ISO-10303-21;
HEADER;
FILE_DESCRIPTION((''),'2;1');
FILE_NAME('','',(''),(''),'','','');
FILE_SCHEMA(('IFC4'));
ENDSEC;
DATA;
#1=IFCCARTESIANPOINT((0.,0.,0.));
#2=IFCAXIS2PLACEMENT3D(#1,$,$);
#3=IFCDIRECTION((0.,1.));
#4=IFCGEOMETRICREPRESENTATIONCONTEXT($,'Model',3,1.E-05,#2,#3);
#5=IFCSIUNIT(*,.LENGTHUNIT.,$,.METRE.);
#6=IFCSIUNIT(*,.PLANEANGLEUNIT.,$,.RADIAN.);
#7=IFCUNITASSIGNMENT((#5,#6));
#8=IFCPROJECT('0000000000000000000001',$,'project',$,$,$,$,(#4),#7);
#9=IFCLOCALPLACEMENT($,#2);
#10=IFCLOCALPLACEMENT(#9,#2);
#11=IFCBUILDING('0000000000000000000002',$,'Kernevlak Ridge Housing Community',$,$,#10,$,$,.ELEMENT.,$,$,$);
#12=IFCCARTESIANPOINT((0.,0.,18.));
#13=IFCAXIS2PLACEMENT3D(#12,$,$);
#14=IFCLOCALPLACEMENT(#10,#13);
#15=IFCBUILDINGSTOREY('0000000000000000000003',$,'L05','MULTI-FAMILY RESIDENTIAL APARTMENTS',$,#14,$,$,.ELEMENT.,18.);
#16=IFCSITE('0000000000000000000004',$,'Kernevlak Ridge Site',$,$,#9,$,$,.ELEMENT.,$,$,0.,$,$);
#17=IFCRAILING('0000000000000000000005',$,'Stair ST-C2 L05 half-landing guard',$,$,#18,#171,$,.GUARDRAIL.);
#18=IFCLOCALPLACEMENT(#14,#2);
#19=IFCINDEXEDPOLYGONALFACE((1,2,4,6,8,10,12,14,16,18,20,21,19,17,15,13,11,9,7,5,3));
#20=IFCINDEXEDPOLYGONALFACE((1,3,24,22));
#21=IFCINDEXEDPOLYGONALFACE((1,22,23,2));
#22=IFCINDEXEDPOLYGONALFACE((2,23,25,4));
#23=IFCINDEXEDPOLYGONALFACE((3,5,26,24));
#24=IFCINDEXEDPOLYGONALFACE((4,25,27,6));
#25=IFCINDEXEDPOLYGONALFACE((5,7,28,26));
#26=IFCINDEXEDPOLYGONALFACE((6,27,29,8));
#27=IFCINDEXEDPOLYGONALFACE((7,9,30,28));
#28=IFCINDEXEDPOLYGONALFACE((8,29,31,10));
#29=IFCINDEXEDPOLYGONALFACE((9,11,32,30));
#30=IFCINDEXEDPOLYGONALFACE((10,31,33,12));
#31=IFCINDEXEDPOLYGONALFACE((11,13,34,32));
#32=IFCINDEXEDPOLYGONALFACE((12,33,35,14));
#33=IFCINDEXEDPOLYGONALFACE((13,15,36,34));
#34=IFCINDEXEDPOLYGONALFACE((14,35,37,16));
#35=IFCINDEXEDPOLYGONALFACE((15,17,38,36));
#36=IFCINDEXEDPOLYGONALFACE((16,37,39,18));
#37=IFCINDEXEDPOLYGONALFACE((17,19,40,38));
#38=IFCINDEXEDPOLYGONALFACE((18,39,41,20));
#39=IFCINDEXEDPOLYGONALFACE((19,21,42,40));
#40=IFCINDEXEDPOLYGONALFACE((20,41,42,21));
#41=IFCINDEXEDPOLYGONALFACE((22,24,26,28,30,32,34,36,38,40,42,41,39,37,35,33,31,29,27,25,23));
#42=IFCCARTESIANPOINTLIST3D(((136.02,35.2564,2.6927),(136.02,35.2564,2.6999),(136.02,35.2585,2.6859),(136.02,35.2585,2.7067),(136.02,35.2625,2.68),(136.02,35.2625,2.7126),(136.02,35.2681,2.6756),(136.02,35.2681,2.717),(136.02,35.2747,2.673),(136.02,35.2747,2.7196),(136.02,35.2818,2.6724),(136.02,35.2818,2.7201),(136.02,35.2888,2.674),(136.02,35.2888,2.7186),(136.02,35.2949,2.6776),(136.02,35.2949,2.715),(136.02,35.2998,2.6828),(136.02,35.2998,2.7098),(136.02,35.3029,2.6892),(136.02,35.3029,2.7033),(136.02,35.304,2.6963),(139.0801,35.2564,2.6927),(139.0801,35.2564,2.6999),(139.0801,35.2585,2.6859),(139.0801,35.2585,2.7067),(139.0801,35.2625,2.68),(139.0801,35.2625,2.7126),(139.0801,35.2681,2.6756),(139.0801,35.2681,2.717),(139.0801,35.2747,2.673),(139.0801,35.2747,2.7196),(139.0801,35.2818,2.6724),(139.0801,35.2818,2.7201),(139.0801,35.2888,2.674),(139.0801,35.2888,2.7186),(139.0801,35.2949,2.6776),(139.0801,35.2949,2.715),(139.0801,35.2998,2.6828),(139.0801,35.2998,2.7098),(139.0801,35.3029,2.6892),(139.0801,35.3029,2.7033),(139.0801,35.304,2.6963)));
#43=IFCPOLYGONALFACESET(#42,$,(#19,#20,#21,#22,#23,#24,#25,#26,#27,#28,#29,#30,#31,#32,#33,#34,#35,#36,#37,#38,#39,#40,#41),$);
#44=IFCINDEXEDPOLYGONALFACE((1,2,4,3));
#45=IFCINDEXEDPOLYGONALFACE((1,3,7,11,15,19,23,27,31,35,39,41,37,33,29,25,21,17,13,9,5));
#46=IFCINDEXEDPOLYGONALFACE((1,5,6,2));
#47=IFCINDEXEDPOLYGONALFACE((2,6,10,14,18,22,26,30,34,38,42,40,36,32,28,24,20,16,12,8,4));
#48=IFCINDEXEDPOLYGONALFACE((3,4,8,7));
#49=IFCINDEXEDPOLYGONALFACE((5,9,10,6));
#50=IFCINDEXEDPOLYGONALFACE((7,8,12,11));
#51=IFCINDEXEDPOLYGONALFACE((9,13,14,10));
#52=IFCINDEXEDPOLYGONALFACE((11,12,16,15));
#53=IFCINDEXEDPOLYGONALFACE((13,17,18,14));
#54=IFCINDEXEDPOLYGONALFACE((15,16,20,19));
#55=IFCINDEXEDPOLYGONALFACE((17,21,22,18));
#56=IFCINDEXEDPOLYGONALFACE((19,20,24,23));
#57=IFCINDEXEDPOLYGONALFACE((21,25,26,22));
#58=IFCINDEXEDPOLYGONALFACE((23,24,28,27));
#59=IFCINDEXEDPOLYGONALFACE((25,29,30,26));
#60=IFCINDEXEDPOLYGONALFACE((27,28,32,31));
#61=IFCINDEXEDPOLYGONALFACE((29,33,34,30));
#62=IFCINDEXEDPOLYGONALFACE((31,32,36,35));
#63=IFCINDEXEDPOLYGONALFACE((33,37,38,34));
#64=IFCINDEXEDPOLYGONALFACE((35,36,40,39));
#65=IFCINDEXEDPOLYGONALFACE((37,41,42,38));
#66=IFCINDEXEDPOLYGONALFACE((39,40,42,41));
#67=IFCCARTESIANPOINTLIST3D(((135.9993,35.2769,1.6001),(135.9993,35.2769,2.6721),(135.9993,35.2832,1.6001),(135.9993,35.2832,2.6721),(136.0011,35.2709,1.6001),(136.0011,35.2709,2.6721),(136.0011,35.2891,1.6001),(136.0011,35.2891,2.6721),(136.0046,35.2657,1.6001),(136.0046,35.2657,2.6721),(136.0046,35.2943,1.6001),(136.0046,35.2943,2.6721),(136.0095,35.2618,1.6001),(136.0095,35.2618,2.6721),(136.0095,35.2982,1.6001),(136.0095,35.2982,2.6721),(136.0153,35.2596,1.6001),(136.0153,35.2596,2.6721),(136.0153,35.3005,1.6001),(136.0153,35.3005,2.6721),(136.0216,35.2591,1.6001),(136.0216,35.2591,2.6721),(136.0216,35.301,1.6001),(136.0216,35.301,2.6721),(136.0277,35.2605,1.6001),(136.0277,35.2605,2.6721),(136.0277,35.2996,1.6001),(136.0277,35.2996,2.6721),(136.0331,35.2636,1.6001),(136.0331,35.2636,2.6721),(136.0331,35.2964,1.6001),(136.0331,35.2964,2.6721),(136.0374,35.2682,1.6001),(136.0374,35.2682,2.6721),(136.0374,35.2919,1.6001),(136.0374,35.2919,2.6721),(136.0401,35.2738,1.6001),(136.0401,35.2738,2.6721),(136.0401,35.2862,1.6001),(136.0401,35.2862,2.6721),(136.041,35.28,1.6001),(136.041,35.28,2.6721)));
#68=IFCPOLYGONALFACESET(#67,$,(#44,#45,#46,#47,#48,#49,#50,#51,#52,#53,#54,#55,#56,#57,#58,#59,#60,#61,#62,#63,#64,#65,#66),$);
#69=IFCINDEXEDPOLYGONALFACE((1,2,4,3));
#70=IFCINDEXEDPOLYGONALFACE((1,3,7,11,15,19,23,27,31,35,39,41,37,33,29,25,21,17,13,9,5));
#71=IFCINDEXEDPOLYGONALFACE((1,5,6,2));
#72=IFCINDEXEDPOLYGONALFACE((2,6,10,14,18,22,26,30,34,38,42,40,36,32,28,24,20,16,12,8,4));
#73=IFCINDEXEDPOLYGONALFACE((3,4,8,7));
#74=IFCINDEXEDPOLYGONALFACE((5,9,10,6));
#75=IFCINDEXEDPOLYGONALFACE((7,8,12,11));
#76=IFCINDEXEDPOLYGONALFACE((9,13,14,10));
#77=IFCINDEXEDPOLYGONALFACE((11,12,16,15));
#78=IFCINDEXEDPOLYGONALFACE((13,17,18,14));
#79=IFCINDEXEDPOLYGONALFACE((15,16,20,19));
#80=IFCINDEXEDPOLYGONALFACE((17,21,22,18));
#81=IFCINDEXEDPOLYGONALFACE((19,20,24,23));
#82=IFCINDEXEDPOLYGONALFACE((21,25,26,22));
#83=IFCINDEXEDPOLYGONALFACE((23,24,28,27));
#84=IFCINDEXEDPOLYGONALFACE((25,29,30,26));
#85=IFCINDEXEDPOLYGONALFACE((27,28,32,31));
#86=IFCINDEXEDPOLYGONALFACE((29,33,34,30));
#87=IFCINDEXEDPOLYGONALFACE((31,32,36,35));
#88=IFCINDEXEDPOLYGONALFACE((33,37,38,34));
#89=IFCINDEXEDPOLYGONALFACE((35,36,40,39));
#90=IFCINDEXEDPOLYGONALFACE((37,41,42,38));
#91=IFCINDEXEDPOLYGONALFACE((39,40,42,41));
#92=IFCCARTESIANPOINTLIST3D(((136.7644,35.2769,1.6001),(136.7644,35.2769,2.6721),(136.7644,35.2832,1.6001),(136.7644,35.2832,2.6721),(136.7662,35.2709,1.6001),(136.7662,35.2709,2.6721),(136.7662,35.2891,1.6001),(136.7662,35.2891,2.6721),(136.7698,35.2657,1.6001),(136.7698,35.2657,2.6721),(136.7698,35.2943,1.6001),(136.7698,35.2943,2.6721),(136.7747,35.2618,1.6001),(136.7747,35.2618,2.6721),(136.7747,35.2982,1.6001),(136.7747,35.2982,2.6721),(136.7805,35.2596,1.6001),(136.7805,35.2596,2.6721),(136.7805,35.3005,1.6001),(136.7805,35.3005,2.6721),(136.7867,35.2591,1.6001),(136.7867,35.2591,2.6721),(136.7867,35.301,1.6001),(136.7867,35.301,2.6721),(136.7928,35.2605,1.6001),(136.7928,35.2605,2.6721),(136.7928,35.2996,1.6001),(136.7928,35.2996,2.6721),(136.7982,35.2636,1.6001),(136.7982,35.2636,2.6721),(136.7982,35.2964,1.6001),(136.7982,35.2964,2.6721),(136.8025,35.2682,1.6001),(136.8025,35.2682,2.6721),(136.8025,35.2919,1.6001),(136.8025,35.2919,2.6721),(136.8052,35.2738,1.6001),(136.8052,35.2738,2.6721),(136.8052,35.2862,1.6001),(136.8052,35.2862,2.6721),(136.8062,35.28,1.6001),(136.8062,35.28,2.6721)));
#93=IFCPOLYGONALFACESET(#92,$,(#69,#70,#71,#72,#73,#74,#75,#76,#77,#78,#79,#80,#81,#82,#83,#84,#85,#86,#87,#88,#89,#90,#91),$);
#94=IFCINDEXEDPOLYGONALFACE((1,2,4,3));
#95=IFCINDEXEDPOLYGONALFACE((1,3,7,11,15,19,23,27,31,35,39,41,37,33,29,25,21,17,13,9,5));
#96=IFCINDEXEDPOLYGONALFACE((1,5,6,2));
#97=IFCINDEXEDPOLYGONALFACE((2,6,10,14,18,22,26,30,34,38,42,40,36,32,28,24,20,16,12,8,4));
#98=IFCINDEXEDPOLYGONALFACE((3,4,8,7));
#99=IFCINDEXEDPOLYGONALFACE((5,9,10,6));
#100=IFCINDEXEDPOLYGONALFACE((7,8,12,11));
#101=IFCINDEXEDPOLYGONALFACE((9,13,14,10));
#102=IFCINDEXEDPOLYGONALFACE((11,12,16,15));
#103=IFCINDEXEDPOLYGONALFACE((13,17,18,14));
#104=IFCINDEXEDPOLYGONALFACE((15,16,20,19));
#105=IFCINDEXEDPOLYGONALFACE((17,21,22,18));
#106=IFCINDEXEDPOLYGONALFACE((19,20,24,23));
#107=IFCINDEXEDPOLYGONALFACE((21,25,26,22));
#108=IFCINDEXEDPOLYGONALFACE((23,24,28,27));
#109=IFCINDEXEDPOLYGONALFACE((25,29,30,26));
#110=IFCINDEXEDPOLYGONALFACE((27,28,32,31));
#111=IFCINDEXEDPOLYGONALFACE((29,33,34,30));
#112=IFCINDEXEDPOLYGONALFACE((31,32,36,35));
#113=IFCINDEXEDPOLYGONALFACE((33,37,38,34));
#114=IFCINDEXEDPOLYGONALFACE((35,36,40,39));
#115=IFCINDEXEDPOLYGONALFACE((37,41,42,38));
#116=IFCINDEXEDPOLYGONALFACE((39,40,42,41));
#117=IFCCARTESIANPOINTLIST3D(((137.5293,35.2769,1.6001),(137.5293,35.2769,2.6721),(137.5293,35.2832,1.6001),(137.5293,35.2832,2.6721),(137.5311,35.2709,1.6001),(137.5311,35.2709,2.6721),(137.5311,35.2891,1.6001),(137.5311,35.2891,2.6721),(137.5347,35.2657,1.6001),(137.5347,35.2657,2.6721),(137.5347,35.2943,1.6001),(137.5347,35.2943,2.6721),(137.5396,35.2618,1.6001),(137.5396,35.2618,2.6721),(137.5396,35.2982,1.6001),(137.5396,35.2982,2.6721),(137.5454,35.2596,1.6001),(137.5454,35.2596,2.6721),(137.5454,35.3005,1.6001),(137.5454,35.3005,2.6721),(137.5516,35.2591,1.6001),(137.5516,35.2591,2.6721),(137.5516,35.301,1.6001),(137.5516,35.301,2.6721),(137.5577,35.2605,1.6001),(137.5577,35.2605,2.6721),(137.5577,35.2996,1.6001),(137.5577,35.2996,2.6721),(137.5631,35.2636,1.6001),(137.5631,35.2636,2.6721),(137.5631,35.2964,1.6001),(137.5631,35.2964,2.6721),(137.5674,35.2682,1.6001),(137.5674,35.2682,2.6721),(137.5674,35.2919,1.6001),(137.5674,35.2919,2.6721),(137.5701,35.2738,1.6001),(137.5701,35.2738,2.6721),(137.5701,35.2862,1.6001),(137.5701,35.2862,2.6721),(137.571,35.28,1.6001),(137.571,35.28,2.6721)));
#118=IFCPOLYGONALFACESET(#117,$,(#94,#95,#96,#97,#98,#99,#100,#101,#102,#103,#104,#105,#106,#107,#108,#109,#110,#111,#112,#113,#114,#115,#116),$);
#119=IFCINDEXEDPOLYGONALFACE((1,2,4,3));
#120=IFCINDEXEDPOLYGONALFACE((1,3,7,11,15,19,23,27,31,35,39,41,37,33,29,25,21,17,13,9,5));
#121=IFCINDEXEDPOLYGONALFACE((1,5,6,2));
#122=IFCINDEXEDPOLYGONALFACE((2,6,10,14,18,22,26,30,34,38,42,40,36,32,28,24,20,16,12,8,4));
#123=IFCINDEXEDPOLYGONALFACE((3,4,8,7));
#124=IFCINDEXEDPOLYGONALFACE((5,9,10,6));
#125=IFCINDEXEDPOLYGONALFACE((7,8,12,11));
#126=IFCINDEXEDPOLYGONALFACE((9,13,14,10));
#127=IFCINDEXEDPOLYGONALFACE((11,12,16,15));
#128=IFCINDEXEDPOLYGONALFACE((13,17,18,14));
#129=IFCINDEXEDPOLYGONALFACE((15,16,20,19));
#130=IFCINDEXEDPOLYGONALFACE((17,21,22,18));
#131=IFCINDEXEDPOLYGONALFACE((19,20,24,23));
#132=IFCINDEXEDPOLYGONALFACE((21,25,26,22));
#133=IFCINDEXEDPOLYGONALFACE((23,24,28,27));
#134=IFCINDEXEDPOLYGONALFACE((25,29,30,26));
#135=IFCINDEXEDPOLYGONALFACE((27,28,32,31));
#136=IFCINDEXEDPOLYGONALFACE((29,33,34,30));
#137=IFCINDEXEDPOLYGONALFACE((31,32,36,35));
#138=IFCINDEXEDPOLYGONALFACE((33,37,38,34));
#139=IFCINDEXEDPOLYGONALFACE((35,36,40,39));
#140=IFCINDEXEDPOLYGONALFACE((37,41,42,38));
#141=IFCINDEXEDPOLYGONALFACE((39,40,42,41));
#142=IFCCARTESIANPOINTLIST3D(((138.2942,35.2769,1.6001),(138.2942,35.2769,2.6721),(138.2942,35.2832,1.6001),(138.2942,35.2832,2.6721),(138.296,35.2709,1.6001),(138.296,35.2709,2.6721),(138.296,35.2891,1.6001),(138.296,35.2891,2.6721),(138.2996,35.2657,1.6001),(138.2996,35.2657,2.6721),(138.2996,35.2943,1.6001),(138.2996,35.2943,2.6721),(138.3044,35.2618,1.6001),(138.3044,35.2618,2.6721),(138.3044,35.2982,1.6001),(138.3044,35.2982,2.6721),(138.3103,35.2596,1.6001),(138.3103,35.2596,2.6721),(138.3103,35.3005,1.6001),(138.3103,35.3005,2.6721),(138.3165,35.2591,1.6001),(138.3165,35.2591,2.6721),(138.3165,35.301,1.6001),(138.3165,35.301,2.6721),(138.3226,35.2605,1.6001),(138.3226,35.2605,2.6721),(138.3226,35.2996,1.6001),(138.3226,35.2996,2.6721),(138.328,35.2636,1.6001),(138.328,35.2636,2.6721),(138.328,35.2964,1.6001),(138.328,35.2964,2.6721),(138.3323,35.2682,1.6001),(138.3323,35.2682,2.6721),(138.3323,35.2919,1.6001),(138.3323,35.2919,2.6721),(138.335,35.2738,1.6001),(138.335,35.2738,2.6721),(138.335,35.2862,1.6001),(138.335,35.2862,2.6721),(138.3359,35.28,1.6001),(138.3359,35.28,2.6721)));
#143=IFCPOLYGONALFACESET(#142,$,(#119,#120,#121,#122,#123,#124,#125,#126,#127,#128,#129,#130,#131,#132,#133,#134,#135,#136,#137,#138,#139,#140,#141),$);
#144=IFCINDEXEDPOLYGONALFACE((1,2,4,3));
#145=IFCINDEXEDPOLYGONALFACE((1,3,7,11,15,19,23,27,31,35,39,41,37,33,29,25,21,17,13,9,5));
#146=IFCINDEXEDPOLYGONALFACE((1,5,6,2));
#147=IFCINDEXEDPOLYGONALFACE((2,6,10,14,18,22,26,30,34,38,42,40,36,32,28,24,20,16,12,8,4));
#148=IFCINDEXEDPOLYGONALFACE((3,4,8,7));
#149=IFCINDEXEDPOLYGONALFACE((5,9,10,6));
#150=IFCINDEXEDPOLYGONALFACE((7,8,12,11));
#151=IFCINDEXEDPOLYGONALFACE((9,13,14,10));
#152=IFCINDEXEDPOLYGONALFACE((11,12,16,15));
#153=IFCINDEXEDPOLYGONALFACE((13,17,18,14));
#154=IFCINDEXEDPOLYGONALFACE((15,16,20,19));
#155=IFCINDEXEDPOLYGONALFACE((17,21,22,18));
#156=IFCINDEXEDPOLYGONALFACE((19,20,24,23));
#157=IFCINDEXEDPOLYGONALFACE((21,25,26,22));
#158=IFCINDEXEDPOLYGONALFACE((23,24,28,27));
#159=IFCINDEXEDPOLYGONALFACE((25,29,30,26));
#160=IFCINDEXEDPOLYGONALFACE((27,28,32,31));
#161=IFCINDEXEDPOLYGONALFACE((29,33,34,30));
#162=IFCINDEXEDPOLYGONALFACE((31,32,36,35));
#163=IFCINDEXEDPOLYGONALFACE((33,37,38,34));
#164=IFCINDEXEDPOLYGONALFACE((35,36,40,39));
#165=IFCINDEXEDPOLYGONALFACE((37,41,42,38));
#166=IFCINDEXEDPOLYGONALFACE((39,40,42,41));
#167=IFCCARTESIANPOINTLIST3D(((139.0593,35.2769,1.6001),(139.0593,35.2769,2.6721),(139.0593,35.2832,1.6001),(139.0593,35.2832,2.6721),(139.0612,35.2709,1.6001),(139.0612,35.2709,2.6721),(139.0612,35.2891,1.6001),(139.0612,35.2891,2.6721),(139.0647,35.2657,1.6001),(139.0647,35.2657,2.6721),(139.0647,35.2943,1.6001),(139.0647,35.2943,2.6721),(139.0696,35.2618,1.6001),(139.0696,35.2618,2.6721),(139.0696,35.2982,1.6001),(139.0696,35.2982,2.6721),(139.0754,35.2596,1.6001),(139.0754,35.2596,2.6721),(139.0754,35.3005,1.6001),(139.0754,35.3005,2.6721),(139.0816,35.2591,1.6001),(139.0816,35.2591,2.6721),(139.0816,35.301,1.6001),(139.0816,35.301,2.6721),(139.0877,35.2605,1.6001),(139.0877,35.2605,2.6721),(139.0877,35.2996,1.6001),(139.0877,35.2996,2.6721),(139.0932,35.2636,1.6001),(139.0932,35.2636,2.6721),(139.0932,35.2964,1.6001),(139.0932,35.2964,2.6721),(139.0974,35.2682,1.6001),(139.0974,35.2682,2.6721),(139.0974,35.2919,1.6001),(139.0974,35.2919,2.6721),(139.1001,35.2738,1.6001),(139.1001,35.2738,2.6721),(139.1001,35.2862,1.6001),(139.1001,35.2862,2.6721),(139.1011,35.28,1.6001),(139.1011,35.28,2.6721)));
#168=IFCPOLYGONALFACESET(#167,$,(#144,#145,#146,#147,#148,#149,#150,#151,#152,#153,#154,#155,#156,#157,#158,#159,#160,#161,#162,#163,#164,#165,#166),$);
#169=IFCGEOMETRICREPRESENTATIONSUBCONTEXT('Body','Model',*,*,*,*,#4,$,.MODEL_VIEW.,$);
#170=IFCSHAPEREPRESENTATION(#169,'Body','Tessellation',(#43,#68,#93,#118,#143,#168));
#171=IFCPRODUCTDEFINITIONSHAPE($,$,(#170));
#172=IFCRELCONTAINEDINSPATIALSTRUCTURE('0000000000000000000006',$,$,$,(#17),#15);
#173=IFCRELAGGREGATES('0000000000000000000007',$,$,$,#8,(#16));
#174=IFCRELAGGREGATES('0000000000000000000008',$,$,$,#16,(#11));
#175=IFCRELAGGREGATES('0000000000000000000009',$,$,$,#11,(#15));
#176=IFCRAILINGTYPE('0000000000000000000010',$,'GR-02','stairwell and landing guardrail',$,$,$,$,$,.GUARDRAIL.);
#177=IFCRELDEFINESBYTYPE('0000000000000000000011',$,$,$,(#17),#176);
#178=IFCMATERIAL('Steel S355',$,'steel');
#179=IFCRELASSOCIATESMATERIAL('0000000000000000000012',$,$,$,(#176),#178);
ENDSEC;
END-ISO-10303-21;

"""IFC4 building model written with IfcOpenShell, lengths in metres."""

from ifc_helpers import new_model, si_unit, direction, frame, origin, origin_2d, place, context, subcontext, project, spatial, circle, extrude, material, type_object, element, save


model = new_model("IFC4")

# Units and contexts
model_context = context("Model", 3, precision=1e-05, world=origin(), true_north=direction((0.0, 1.0)))
body_context = subcontext(model_context, "Body", "Model", "MODEL_VIEW")
ifc_project = project(units=[si_unit("LENGTHUNIT", "METRE"), si_unit("PLANEANGLEUNIT", "RADIAN")], contexts=[model_context])

# Site, building, storey
site_placement = place(None, origin())
site = spatial("IfcSite", under=ifc_project, at=site_placement, Name="Kernevlak Ridge Site", CompositionType="ELEMENT", RefElevation=0.0)
building_placement = place(site_placement, origin())
building = spatial("IfcBuilding", under=site, at=building_placement, Name="Kernevlak Ridge Housing Community", CompositionType="ELEMENT")
storey_placement = place(building_placement, frame((0.0, 0.0, 18.0)))
storey = spatial("IfcBuildingStorey", under=building, at=storey_placement, Name="L05", Description="MULTI-FAMILY RESIDENTIAL APARTMENTS", CompositionType="ELEMENT", Elevation=18.0)

# Railing
ifc_material_1 = material(Name="Steel S355", Category="steel")
railing_type_1 = type_object("IfcRailingType", Name="GR-02", Description="stairwell and landing guardrail", PredefinedType="GUARDRAIL", material=ifc_material_1)
railing_1_placement = place(storey_placement, frame((136.02, 35.28, 1.6001)))
element("IfcRailing", 1, at=railing_1_placement, inside=storey, type_object=railing_type_1, Name="Stair ST-C2 L05 half-landing guard", PredefinedType="GUARDRAIL", context=body_context, shape_type="SweptSolid", body=[
    extrude(circle(Radius=0.0239, at=origin_2d()), frame((0.0, 0.0, 1.0962), z_axis=(1.0, 0.0, 0.0), x_axis=(0.0, 1.0, 0.0)), (0.0, 0.0, 1.0), 3.0601),
    extrude(circle(Radius=0.021, at=origin_2d()), origin(), (0.0, 0.0, 1.0), 1.072),
    extrude(circle(Radius=0.021, at=origin_2d()), frame((0.7651, 0.0, 0.0)), (0.0, 0.0, 1.0), 1.072),
    extrude(circle(Radius=0.021, at=origin_2d()), frame((1.53, 0.0, 0.0)), (0.0, 0.0, 1.0), 1.072),
    extrude(circle(Radius=0.021, at=origin_2d()), frame((2.2949, 0.0, 0.0)), (0.0, 0.0, 1.0), 1.072),
    extrude(circle(Radius=0.021, at=origin_2d()), frame((3.0601, 0.0, 0.0)), (0.0, 0.0, 1.0), 1.072),
])

save(model, "model.ifc")
